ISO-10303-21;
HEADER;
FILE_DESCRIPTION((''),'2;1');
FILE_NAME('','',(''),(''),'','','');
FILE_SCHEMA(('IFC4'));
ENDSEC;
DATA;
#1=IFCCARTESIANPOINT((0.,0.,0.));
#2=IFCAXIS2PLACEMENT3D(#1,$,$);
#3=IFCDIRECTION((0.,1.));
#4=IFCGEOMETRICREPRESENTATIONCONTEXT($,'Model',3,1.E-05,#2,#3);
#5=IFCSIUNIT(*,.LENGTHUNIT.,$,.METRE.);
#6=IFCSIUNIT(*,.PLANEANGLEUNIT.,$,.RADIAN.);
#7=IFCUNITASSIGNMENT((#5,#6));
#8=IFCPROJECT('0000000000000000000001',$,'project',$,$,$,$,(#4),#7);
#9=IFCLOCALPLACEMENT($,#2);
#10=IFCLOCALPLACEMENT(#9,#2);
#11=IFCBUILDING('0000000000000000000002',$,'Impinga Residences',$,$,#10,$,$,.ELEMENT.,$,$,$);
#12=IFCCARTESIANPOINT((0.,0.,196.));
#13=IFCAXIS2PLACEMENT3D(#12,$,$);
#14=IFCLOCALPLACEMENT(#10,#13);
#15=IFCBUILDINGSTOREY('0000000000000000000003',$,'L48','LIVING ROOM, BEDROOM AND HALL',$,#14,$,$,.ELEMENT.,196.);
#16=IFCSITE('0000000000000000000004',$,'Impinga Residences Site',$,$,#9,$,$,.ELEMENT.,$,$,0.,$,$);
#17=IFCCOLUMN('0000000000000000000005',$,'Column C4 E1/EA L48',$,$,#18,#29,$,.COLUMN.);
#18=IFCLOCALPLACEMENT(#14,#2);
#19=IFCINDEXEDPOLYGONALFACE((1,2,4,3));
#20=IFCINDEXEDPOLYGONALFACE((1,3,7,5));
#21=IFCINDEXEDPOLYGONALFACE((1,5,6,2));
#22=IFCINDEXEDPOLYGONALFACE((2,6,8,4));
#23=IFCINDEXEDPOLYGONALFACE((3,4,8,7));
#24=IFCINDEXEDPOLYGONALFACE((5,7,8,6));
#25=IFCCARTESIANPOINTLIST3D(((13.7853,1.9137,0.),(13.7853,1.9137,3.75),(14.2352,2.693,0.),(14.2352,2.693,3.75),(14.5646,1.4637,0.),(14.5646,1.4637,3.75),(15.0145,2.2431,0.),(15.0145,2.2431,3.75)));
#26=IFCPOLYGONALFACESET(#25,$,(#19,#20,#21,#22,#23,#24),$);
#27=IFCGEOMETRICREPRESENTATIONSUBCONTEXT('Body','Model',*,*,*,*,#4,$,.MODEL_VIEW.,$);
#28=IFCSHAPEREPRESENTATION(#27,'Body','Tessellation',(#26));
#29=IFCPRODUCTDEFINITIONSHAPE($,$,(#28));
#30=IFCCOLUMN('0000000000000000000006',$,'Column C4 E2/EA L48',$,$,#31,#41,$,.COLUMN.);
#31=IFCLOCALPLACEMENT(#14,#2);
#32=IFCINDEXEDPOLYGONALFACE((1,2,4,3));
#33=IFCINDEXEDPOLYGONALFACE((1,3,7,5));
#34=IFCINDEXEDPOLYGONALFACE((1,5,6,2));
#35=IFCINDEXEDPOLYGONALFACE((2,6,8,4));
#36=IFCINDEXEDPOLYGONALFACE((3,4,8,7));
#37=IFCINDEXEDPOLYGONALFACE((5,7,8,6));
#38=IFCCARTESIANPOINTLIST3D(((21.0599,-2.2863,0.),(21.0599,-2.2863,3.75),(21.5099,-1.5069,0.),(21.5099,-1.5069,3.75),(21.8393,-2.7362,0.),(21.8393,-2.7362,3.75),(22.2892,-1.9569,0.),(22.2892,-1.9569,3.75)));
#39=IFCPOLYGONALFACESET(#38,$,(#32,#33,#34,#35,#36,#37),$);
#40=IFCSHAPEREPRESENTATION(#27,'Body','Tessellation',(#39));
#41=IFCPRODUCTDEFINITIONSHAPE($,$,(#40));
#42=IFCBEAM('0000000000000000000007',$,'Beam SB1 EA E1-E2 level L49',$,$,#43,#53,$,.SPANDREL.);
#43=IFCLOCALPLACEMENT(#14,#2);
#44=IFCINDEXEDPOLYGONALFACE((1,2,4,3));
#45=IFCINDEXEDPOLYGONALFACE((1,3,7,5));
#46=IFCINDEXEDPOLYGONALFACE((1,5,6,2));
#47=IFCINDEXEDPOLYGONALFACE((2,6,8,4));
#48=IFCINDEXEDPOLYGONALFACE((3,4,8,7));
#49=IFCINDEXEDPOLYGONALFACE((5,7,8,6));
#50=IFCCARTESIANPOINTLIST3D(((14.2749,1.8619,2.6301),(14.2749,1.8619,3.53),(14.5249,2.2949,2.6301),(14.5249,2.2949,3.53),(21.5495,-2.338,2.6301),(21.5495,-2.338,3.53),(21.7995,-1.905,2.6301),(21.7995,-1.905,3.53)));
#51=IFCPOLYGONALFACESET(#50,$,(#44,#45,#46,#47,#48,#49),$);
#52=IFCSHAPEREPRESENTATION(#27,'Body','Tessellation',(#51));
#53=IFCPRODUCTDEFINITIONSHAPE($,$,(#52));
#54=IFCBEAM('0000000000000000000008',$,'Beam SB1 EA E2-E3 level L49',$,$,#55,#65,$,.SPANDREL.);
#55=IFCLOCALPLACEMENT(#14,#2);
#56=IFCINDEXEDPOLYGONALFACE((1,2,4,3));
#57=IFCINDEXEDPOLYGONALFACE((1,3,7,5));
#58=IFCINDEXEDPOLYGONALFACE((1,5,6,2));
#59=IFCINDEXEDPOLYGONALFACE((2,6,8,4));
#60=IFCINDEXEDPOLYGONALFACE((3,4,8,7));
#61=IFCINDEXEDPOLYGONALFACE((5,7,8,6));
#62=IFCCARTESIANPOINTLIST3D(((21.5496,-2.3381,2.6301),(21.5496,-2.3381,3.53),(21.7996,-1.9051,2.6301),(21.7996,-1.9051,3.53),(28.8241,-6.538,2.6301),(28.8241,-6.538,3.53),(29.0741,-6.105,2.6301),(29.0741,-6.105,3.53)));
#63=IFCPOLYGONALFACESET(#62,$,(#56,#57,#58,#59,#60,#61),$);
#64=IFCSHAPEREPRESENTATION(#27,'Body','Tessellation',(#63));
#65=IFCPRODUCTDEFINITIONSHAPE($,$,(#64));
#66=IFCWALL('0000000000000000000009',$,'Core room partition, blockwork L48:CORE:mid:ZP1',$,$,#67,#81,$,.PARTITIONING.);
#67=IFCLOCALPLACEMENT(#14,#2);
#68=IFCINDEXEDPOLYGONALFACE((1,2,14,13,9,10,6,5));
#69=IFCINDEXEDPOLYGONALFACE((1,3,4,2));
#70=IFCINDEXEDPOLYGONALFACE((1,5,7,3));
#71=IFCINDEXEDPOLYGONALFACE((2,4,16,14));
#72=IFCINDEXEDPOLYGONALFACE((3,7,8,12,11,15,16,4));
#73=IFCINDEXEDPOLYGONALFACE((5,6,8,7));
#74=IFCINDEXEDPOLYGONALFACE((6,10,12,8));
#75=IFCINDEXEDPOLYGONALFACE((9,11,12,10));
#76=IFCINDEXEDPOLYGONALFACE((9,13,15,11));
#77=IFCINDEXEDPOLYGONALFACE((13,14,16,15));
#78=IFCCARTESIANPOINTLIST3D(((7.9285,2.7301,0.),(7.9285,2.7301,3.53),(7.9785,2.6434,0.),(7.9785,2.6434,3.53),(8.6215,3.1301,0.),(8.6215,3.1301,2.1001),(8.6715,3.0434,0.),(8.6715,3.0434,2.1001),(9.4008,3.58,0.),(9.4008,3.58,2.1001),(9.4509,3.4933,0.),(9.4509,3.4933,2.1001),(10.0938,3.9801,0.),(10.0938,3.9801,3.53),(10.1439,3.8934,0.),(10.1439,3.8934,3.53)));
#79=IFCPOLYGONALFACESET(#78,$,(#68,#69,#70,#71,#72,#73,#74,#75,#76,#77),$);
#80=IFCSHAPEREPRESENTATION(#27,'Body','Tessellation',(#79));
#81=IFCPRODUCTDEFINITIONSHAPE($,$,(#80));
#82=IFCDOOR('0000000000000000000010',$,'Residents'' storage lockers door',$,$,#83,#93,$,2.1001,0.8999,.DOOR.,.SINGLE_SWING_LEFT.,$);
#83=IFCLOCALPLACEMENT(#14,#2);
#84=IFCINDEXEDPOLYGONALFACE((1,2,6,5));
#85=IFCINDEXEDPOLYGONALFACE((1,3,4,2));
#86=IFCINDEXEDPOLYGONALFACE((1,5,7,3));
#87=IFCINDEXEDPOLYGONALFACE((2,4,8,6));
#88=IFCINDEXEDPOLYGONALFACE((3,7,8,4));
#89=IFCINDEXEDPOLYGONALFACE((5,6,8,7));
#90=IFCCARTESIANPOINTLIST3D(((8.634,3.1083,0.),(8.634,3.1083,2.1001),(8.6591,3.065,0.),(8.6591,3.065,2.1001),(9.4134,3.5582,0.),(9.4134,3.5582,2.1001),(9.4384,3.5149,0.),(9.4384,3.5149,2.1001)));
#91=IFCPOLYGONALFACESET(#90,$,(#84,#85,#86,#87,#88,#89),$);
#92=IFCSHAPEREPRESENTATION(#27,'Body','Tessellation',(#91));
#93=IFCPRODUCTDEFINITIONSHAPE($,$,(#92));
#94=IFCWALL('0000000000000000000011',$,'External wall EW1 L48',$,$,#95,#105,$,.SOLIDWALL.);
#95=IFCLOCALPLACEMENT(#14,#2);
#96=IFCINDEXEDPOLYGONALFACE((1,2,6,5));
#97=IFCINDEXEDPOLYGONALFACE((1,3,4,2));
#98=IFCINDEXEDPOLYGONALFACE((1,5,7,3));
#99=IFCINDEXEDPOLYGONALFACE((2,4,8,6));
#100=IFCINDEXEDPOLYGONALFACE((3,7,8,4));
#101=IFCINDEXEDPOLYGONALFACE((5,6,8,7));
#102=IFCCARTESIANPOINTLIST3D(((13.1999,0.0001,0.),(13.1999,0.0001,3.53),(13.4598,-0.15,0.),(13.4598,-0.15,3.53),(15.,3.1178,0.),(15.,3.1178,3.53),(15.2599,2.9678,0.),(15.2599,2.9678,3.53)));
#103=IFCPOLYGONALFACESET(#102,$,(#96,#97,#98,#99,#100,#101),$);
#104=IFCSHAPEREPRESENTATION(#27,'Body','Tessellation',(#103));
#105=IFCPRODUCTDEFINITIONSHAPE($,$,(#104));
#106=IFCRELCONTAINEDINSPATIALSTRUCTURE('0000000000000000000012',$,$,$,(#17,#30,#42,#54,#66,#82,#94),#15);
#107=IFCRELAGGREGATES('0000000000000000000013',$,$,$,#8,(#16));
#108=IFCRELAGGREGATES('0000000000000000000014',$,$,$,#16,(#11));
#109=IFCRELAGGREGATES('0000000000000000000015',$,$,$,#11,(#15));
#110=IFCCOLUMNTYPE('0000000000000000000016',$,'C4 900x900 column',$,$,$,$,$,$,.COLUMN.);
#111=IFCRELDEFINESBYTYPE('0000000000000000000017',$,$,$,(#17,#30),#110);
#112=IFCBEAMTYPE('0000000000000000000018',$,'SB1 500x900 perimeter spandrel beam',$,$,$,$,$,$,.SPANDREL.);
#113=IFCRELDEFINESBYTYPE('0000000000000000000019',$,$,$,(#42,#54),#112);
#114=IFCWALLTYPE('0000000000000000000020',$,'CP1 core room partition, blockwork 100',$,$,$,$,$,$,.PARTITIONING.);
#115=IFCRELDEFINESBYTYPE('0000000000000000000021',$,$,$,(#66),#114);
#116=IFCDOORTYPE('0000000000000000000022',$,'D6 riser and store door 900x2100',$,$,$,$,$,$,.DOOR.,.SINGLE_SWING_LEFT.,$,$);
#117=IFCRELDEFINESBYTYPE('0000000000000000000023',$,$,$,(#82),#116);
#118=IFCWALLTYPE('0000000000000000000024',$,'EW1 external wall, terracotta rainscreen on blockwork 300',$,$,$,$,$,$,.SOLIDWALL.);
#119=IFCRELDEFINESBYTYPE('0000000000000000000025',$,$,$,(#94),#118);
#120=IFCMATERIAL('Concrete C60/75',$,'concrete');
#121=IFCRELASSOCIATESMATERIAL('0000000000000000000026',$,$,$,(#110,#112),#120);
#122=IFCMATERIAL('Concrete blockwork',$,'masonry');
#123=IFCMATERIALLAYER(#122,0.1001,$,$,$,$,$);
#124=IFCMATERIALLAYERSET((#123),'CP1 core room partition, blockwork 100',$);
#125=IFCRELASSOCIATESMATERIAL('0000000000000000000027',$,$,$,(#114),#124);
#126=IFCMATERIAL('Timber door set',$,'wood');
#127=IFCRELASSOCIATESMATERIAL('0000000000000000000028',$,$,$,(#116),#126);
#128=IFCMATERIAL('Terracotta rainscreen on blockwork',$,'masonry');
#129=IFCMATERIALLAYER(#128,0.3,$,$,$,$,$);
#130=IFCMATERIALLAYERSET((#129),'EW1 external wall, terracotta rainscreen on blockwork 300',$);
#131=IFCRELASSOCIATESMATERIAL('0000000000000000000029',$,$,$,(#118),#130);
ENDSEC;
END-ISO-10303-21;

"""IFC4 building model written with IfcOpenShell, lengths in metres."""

from ifc_helpers import new_model, si_unit, direction, frame, frame_2d, origin, origin_2d, place, context, subcontext, project, spatial, rectangle, extrude, material, layer, layer_set, material_profile, profile_set, type_object, element, fill, save


model = new_model("IFC4")

# Units and contexts
model_context = context("Model", 3, precision=1e-05, world=origin(), true_north=direction((0.0, 1.0)))
body_context = subcontext(model_context, "Body", "Model", "MODEL_VIEW")
ifc_project = project(units=[si_unit("LENGTHUNIT", "METRE"), si_unit("PLANEANGLEUNIT", "RADIAN")], contexts=[model_context])

# Site, building, storey
site_placement = place(None, origin())
site = spatial("IfcSite", under=ifc_project, at=site_placement, Name="Impinga Residences Site", CompositionType="ELEMENT", RefElevation=0.0)
building_placement = place(site_placement, origin())
building = spatial("IfcBuilding", under=site, at=building_placement, Name="Impinga Residences", CompositionType="ELEMENT")
storey_placement = place(building_placement, frame((0.0, 0.0, 196.0)))
storey = spatial("IfcBuildingStorey", under=building, at=storey_placement, Name="L48", Description="LIVING ROOM, BEDROOM AND HALL", CompositionType="ELEMENT", Elevation=196.0)

# Columns
ifc_material_1 = material(Name="Concrete C60/75", Category="concrete")
ifc_material_profile_1 = material_profile(ifc_material_1, rectangle(XDim=0.8999, YDim=0.8999, at=origin_2d()), Name="RC 900x900")
ifc_profile_set_1 = profile_set([ifc_material_profile_1], Name="Concrete C60/75")
column_type = type_object("IfcColumnType", Name="C4 900x900 column", PredefinedType="COLUMN", material=ifc_profile_set_1)
for number, where, z_axis, x_axis, name in (
    (1, (14.3999, 2.0784, 0.0), (0.0, 0.0, 1.0), (-0.5, -0.866025, 0.0), "Column C4 E1/EA L48"),
    (2, (21.6746, -2.1216, 0.0), (0.0, 0.0, 1.0), (-0.5, -0.866025, 0.0), "Column C4 E2/EA L48"),
):
    element("IfcColumn", number, at=place(storey_placement, frame(where, z_axis=z_axis, x_axis=x_axis)), inside=storey, type_object=column_type, Name=name, PredefinedType="COLUMN", context=body_context, shape_type="SweptSolid", body=[
        extrude(rectangle(XDim=0.8999, YDim=0.8999, at=origin_2d()), origin(), (0.0, 0.0, 1.0), 3.75),
    ])

# Beams
ifc_material_profile_2 = material_profile(ifc_material_1, rectangle(XDim=0.5, YDim=0.8999, at=origin_2d()), Name="RC 500x900")
ifc_profile_set_2 = profile_set([ifc_material_profile_2], Name="Concrete C60/75")
beam_type = type_object("IfcBeamType", Name="SB1 500x900 perimeter spandrel beam", PredefinedType="SPANDREL", material=ifc_profile_set_2)
for number, where, z_axis, x_axis, name in (
    (3, (14.3999, 2.0784, 3.0801), (0.866029, -0.499993, 0.0), (0.499993, 0.866029, 0.0), "Beam SB1 EA E1-E2 level L49"),
    (4, (21.6746, -2.1216, 3.0801), (0.866029, -0.499993, 0.0), (0.499993, 0.866029, 0.0), "Beam SB1 EA E2-E3 level L49"),
):
    element("IfcBeam", number, at=place(storey_placement, frame(where, z_axis=z_axis, x_axis=x_axis)), inside=storey, type_object=beam_type, Name=name, PredefinedType="SPANDREL", context=body_context, shape_type="SweptSolid", body=[
        extrude(rectangle(XDim=0.5, YDim=0.8999, at=origin_2d()), origin(), (0.0, 0.0, 1.0), 8.3999),
    ])

# Wall, opening, door
ifc_material_2 = material(Name="Concrete blockwork", Category="masonry")
ifc_layer_1 = layer(ifc_material_2, 0.1001)
ifc_layer_set_1 = layer_set([ifc_layer_1], Name="CP1 core room partition, blockwork 100")
wall_type_1 = type_object("IfcWallType", Name="CP1 core room partition, blockwork 100", PredefinedType="PARTITIONING", material=ifc_layer_set_1)
wall_1_placement = place(storey_placement, frame((7.9536, 2.6868, 0.0), z_axis=(0.0, 0.0, 1.0), x_axis=(0.866047, 0.499962, 0.0)))
wall_1 = element("IfcWall", 5, at=wall_1_placement, inside=storey, type_object=wall_type_1, Name="Core room partition, blockwork L48:CORE:mid:ZP1", PredefinedType="PARTITIONING", context=body_context, shape_type="SweptSolid", body=[
    extrude(rectangle(XDim=2.5002, YDim=0.1001, at=frame_2d((1.25, 0.0))), origin(), (0.0, 0.0, 1.0), 3.53),
])
opening_1_placement = place(wall_1_placement, frame((0.8, 0.0, 0.0)))
opening_1 = element("IfcOpeningElement", 6, at=opening_1_placement, cuts=wall_1, PredefinedType="OPENING", context=body_context, shape_type="SweptSolid", body=[
    extrude(rectangle(XDim=0.8999, YDim=2.1001, at=frame_2d((0.45, 1.05))), frame((0.0, 0.0601, 0.0), z_axis=(0.0, -1.0, 0.0), x_axis=(1.0, 0.0, 0.0)), (0.0, 0.0, 1.0), 0.1201),
])
ifc_material_3 = material(Name="Timber door set", Category="wood")
door_type_1 = type_object("IfcDoorType", Name="D6 riser and store door 900x2100", OperationType="SINGLE_SWING_LEFT", PredefinedType="DOOR", material=ifc_material_3)
door_1_placement = place(opening_1_placement, origin())
door_1 = element("IfcDoor", 7, at=door_1_placement, inside=storey, type_object=door_type_1, Name="Residents' storage lockers door", OperationType="SINGLE_SWING_LEFT", OverallHeight=2.1001, OverallWidth=0.8999, PredefinedType="DOOR", context=body_context, shape_type="SweptSolid", body=[
    extrude(rectangle(XDim=0.8999, YDim=2.1001, at=frame_2d((0.45, 1.05))), frame((0.0, 0.0249, 0.0), z_axis=(0.0, -1.0, 0.0), x_axis=(1.0, 0.0, 0.0)), (0.0, 0.0, 1.0), 0.05),
])
fill(opening_1, door_1)

# Wall
ifc_material_4 = material(Name="Terracotta rainscreen on blockwork", Category="masonry")
ifc_layer_2 = layer(ifc_material_4, 0.3)
ifc_layer_set_2 = layer_set([ifc_layer_2], Name="EW1 external wall, terracotta rainscreen on blockwork 300")
wall_type_2 = type_object("IfcWallType", Name="EW1 external wall, terracotta rainscreen on blockwork 300", PredefinedType="SOLIDWALL", material=ifc_layer_set_2)
wall_2_placement = place(storey_placement, frame((13.3298, -0.075, 0.0), z_axis=(0.0, 0.0, 1.0), x_axis=(0.500012, 0.866018, 0.0)))
element("IfcWall", 8, at=wall_2_placement, inside=storey, type_object=wall_type_2, Name="External wall EW1 L48", PredefinedType="SOLIDWALL", context=body_context, shape_type="SweptSolid", body=[
    extrude(rectangle(XDim=3.6001, YDim=0.3, at=frame_2d((1.8, 0.0))), origin(), (0.0, 0.0, 1.0), 3.53),
])

save(model, "model.ifc")
